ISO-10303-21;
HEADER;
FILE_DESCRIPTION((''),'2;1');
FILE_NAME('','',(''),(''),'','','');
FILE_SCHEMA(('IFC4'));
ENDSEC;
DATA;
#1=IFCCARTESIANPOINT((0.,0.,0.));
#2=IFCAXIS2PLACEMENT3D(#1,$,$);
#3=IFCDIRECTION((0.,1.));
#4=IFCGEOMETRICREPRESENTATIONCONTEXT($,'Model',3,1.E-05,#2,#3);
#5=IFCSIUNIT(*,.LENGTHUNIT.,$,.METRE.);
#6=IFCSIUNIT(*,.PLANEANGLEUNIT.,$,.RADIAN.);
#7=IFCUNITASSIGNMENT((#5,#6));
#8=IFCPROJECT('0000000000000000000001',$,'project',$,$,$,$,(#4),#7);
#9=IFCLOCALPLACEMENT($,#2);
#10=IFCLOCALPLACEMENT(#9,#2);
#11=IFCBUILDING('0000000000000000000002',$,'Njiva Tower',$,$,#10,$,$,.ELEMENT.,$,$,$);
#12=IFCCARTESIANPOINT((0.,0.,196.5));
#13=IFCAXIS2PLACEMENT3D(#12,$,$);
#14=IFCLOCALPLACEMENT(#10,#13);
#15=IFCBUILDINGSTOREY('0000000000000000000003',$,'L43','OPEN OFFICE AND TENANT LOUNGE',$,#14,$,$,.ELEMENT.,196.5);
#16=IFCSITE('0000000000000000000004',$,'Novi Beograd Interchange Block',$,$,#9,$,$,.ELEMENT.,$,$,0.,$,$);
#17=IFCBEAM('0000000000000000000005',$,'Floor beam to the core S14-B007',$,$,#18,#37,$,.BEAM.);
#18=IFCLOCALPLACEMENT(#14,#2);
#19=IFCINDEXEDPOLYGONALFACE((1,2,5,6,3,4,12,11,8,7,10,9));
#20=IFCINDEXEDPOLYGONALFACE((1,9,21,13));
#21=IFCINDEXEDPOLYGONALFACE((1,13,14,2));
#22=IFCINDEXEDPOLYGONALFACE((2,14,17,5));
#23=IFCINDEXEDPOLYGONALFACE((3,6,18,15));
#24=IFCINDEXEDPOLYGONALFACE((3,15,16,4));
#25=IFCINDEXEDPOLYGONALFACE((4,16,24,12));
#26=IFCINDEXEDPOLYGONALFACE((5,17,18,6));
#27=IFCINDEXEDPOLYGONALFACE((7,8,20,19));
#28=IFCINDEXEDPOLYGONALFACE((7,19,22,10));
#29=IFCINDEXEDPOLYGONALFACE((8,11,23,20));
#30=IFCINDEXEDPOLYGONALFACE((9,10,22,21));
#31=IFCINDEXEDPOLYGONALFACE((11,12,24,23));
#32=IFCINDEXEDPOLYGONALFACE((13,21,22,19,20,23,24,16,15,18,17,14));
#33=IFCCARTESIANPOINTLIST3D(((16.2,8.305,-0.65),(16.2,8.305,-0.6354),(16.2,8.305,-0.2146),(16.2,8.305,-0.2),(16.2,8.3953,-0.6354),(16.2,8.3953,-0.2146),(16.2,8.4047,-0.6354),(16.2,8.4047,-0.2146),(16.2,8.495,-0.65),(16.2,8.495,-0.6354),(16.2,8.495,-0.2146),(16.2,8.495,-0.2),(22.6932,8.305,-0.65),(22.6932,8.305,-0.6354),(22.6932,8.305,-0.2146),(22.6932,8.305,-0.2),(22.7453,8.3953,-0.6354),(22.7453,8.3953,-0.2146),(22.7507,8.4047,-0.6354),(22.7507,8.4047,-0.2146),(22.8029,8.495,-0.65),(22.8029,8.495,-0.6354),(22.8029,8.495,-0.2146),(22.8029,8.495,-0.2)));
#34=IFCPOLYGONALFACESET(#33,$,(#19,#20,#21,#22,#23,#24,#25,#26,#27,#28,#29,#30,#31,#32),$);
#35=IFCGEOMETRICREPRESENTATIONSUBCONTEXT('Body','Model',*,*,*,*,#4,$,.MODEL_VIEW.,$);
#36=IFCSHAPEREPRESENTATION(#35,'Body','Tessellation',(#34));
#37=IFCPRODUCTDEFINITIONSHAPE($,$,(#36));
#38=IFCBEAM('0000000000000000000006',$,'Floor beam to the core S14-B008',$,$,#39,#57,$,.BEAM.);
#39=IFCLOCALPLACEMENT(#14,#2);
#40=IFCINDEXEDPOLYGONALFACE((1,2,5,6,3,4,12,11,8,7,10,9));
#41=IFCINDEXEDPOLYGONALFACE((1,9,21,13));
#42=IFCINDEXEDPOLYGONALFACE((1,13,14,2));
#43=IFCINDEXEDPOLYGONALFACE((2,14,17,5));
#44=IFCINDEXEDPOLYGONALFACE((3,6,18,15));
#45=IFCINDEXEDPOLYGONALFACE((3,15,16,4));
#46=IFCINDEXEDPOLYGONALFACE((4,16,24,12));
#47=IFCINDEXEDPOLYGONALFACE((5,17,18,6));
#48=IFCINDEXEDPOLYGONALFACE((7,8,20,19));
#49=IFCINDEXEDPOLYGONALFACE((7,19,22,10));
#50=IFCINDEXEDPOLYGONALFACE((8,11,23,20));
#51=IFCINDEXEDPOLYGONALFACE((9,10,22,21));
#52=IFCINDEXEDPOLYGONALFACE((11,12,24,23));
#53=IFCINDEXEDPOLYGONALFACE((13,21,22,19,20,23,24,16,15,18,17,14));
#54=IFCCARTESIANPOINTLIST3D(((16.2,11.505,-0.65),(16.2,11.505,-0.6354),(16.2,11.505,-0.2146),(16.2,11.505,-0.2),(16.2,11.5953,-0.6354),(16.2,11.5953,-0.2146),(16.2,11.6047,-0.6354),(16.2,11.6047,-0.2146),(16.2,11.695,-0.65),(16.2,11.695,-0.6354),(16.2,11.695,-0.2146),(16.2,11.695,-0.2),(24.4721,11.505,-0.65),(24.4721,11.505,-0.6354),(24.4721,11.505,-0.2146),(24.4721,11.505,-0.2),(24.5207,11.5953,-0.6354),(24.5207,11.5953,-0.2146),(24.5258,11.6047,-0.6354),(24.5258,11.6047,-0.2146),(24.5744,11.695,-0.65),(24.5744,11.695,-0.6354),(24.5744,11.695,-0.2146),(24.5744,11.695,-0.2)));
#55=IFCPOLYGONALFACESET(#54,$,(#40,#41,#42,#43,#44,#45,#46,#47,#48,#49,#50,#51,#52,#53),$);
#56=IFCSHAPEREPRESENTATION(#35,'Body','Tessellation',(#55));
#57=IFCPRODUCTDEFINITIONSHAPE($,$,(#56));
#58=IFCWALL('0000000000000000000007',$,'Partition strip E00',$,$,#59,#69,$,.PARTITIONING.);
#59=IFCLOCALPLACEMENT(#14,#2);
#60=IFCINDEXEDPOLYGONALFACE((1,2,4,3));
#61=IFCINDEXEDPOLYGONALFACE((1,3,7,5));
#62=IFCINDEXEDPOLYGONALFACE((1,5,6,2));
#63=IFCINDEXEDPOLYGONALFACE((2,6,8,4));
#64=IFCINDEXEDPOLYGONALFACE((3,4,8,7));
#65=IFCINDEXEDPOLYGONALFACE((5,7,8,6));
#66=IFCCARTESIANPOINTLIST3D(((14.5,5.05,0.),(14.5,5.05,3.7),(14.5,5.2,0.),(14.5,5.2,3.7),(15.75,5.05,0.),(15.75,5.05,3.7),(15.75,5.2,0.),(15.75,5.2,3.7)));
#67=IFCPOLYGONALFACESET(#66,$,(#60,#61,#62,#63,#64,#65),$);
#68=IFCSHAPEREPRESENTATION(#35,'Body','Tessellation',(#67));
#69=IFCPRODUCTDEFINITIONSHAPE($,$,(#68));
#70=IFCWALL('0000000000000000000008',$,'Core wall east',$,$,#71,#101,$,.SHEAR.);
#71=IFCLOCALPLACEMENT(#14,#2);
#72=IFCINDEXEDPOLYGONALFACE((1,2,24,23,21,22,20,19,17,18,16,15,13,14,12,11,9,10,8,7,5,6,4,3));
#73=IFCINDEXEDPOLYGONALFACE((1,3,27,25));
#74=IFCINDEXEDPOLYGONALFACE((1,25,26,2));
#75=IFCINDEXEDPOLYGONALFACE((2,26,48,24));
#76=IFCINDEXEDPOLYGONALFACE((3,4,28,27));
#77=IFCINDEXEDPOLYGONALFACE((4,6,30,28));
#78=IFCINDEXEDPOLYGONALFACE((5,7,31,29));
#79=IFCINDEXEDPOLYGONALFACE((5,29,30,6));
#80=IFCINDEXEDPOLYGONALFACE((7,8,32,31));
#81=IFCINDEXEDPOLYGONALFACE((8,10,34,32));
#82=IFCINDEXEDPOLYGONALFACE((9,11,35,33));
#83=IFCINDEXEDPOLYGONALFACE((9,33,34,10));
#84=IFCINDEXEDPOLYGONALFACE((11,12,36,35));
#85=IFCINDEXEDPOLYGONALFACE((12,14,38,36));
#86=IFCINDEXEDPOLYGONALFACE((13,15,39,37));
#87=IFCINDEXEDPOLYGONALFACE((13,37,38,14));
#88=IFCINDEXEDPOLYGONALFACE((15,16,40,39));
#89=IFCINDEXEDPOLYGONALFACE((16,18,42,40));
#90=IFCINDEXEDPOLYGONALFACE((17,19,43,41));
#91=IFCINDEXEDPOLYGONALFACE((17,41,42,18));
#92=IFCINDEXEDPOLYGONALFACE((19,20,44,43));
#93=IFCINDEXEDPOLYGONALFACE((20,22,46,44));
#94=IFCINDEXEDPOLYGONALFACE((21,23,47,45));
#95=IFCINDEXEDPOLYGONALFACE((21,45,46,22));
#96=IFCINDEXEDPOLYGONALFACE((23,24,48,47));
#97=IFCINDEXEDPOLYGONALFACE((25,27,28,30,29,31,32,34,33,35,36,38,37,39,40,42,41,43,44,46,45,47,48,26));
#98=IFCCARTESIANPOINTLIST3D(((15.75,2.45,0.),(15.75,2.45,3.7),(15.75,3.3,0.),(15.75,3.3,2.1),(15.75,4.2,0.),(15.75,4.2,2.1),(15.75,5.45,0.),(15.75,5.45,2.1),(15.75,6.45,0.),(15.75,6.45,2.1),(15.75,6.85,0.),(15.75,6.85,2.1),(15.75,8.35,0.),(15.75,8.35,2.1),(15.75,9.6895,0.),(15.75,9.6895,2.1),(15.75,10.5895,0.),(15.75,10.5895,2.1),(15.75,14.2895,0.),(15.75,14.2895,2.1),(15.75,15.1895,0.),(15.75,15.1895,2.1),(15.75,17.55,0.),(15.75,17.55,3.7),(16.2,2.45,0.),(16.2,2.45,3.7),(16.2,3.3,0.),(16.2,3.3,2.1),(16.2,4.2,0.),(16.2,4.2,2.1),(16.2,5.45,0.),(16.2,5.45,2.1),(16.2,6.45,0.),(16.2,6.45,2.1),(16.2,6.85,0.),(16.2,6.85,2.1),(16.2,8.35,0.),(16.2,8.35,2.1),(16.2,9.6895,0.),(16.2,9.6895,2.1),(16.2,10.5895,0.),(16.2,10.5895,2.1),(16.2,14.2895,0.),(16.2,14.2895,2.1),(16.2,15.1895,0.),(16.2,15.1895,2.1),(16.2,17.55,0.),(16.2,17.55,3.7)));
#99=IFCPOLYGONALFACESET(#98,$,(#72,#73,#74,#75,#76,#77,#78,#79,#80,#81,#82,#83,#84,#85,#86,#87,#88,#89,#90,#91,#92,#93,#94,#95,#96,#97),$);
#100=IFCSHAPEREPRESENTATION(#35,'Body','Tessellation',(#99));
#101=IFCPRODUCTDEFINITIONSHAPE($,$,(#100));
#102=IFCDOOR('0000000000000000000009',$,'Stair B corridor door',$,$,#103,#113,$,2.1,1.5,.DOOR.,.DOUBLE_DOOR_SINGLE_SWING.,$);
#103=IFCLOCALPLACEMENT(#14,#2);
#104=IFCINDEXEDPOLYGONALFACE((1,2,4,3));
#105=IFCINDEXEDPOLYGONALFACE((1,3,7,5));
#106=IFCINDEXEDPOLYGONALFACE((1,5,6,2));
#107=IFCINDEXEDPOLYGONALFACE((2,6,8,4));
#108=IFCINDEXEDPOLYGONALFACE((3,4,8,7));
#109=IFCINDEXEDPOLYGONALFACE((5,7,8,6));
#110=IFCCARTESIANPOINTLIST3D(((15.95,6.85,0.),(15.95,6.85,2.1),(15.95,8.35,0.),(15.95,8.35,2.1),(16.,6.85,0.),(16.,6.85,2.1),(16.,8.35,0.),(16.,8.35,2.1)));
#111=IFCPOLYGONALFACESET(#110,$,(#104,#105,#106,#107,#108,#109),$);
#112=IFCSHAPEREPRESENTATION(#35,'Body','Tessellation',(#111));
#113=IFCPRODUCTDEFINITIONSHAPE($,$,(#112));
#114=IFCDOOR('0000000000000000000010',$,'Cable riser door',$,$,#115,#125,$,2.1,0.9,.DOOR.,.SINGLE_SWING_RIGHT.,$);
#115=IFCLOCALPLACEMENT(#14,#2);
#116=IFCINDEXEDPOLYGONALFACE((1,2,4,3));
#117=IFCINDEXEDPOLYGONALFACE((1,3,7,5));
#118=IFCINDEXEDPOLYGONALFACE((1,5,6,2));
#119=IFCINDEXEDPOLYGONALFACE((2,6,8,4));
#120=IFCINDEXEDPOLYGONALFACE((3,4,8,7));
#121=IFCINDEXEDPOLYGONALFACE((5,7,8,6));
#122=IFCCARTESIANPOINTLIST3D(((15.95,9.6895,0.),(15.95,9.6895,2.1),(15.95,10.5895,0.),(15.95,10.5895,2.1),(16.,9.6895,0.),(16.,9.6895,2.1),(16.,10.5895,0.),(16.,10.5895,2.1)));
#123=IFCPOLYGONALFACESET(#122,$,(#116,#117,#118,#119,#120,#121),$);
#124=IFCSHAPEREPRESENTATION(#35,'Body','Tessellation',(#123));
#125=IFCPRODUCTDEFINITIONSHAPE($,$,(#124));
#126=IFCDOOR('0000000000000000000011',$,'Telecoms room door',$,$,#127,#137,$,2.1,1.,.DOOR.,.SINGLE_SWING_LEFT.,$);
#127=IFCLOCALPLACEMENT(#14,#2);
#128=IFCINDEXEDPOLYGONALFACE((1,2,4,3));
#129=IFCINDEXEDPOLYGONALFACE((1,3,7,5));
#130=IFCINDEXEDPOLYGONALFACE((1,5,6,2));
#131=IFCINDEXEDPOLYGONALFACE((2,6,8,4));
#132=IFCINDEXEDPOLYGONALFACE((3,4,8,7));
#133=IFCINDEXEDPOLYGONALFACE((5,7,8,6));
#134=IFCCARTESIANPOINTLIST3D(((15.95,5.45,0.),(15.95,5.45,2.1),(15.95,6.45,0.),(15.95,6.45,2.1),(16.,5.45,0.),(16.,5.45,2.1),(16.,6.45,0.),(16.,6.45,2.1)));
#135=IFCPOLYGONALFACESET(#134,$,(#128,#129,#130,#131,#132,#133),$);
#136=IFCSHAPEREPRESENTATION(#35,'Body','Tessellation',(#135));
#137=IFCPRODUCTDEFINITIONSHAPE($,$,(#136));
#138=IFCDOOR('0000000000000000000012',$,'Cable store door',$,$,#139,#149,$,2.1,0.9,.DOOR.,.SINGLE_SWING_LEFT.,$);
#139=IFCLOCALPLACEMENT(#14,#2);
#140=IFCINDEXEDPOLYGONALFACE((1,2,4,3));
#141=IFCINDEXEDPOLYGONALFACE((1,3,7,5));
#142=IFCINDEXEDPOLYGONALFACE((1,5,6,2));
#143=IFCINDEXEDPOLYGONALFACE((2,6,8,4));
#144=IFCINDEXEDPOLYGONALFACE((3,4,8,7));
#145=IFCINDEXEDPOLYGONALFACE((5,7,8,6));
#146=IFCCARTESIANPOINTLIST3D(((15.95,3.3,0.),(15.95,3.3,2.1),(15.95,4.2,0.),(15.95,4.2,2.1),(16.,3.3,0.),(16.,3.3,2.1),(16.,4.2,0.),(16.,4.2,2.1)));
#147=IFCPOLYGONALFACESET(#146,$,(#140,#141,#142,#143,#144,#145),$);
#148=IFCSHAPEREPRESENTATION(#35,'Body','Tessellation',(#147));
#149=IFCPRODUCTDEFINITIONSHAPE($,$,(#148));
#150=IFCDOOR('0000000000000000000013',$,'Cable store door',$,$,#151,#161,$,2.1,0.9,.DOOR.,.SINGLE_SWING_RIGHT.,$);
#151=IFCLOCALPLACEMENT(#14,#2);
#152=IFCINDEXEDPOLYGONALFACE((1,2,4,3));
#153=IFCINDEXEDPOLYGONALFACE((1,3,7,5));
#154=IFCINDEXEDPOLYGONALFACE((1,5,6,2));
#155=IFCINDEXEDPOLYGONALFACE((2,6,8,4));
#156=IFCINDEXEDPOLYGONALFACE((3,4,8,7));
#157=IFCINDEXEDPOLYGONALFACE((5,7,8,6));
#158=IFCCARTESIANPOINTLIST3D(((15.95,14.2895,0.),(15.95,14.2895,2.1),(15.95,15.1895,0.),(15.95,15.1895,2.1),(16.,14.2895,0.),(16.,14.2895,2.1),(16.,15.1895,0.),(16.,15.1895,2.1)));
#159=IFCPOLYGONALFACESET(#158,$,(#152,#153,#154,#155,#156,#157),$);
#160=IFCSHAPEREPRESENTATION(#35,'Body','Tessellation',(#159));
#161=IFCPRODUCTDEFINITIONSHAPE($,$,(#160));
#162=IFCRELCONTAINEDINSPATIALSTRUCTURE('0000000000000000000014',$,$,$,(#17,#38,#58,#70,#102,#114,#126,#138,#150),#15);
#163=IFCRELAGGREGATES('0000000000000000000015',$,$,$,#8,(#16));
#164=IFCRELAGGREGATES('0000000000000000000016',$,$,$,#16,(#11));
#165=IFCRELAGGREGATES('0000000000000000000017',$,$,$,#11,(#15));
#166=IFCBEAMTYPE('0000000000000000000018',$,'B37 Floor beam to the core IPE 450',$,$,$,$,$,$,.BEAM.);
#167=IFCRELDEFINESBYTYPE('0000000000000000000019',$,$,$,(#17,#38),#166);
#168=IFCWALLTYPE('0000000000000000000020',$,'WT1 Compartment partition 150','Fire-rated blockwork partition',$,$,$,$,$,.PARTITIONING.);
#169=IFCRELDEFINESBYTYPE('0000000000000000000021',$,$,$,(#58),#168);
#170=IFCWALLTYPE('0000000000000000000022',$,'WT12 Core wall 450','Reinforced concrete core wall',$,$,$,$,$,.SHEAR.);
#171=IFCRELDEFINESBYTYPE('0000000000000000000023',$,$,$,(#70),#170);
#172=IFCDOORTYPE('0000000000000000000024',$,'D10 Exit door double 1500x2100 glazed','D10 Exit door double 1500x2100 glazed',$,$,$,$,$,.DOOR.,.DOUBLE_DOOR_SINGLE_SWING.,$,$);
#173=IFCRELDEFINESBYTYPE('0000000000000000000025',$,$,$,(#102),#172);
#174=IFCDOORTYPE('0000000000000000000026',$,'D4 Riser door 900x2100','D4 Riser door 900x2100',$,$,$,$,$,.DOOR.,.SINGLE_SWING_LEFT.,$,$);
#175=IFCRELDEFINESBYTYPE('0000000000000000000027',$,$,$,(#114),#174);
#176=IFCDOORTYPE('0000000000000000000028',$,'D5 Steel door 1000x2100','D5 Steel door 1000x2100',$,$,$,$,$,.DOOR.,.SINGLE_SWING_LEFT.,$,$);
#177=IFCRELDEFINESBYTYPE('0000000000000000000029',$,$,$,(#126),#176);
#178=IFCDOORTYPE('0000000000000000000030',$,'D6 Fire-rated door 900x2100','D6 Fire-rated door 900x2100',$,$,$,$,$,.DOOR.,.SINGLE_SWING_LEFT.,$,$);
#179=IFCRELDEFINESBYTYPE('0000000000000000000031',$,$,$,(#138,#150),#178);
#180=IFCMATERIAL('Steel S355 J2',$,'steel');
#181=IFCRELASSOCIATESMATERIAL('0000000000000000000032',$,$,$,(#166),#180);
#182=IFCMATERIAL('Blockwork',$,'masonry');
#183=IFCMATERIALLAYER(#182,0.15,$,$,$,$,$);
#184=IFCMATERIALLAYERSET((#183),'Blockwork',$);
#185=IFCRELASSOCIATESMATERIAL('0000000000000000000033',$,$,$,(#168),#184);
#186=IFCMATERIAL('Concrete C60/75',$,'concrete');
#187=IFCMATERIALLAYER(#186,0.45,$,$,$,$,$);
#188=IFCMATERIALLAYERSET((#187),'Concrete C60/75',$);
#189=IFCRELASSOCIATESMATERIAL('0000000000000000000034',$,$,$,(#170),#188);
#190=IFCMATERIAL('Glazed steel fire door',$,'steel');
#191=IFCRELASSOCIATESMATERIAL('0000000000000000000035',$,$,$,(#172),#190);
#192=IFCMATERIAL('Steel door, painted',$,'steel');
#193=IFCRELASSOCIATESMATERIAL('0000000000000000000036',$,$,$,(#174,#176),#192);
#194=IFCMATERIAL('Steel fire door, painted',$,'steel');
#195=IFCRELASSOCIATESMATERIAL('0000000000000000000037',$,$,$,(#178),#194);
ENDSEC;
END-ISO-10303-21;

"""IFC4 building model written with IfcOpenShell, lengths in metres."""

from ifc_helpers import new_model, si_unit, direction, frame, frame_2d, origin, origin_2d, place, context, subcontext, project, spatial, rectangle, i_section, extrude, clip, halfspace, material, layer, layer_set, material_profile, profile_set, type_object, element, fill, save


model = new_model("IFC4")

# Units and contexts
model_context = context("Model", 3, precision=1e-05, world=origin(), true_north=direction((0.0, 1.0)))
body_context = subcontext(model_context, "Body", "Model", "MODEL_VIEW")
ifc_project = project(units=[si_unit("LENGTHUNIT", "METRE"), si_unit("PLANEANGLEUNIT", "RADIAN")], contexts=[model_context])

# Site, building, storey
site_placement = place(None, origin())
site = spatial("IfcSite", under=ifc_project, at=site_placement, Name="Novi Beograd Interchange Block", CompositionType="ELEMENT", RefElevation=0.0)
building_placement = place(site_placement, origin())
building = spatial("IfcBuilding", under=site, at=building_placement, Name="Njiva Tower", CompositionType="ELEMENT")
storey_placement = place(building_placement, frame((0.0, 0.0, 196.5)))
storey = spatial("IfcBuildingStorey", under=building, at=storey_placement, Name="L43", Description="OPEN OFFICE AND TENANT LOUNGE", CompositionType="ELEMENT", Elevation=196.5)

# Shared definitions
ifc_material_1 = material(Name="Steel S355 J2", Category="steel")

# Beams
ifc_material_profile_1 = material_profile(ifc_material_1, i_section(OverallWidth=0.19, OverallDepth=0.45, WebThickness=0.0094, FlangeThickness=0.0146, at=origin_2d()), Name="IPE 450")
ifc_profile_set_1 = profile_set([ifc_material_profile_1], Name="Steel S355 J2")
beam_type_1 = type_object("IfcBeamType", Name="B37 Floor beam to the core IPE 450", PredefinedType="BEAM", material=ifc_profile_set_1)
beam_1_placement = place(storey_placement, frame((16.2, 8.4, -0.425), z_axis=(1.0, 0.0, 0.0), x_axis=(0.0, 1.0, 0.0)))
element("IfcBeam", 1, at=beam_1_placement, inside=storey, type_object=beam_type_1, Name="Floor beam to the core S14-B007", PredefinedType="BEAM", context=body_context, shape_type="Clipping", body=[
    clip(extrude(i_section(OverallWidth=0.19, OverallDepth=0.45, WebThickness=0.0094, FlangeThickness=0.0146, at=origin_2d()), origin(), (0.0, 0.0, 1.0), 6.623), halfspace(frame((-0.025, 0.0, 6.5336), z_axis=(-0.499998, 0.0, 0.866027), x_axis=(0.0, 1.0, 0.0)), False)),
])
beam_2_placement = place(storey_placement, frame((16.2, 11.6, -0.425), z_axis=(1.0, 0.0, 0.0), x_axis=(0.0, 1.0, 0.0)))
element("IfcBeam", 2, at=beam_2_placement, inside=storey, type_object=beam_type_1, Name="Floor beam to the core S14-B008", PredefinedType="BEAM", context=body_context, shape_type="Clipping", body=[
    clip(extrude(i_section(OverallWidth=0.19, OverallDepth=0.45, WebThickness=0.0094, FlangeThickness=0.0146, at=origin_2d()), origin(), (0.0, 0.0, 1.0), 8.394), halfspace(frame((-0.0237, 0.0, 8.3105), z_axis=(-0.473769, 0.0, 0.880649), x_axis=(0.0, 1.0, 0.0)), False)),
])

# Wall
ifc_material_2 = material(Name="Blockwork", Category="masonry")
ifc_layer_1 = layer(ifc_material_2, 0.15)
ifc_layer_set_1 = layer_set([ifc_layer_1], Name="Blockwork")
wall_type_1 = type_object("IfcWallType", Name="WT1 Compartment partition 150", Description="Fire-rated blockwork partition", PredefinedType="PARTITIONING", material=ifc_layer_set_1)
wall_1_placement = place(storey_placement, frame((14.5, 5.125, 0.0), z_axis=(0.0, 0.0, 1.0), x_axis=(1.0, 0.0, 0.0)))
element("IfcWall", 3, at=wall_1_placement, inside=storey, type_object=wall_type_1, Name="Partition strip E00", PredefinedType="PARTITIONING", context=body_context, shape_type="SweptSolid", body=[
    extrude(rectangle(XDim=1.25, YDim=0.15, at=frame_2d((0.625, 0.0))), origin(), (0.0, 0.0, 1.0), 3.7),
])

# Wall, openings, doors
ifc_material_3 = material(Name="Concrete C60/75", Category="concrete")
ifc_layer_2 = layer(ifc_material_3, 0.45)
ifc_layer_set_2 = layer_set([ifc_layer_2], Name="Concrete C60/75")
wall_type_2 = type_object("IfcWallType", Name="WT12 Core wall 450", Description="Reinforced concrete core wall", PredefinedType="SHEAR", material=ifc_layer_set_2)
wall_2_placement = place(storey_placement, frame((15.975, 2.45, 0.0), z_axis=(0.0, 0.0, 1.0), x_axis=(0.0, 1.0, 0.0)))
wall_2 = element("IfcWall", 4, at=wall_2_placement, inside=storey, type_object=wall_type_2, Name="Core wall east", PredefinedType="SHEAR", context=body_context, shape_type="SweptSolid", body=[
    extrude(rectangle(XDim=15.1, YDim=0.45, at=frame_2d((7.55, 0.0))), origin(), (0.0, 0.0, 1.0), 3.7),
])
opening_1_placement = place(wall_2_placement, frame((4.4, 0.0, 0.0)))
opening_1 = element("IfcOpeningElement", 5, at=opening_1_placement, cuts=wall_2, PredefinedType="OPENING", context=body_context, shape_type="SweptSolid", body=[
    extrude(rectangle(XDim=1.5, YDim=2.1, at=frame_2d((0.75, 1.05))), frame((0.0, 0.235, 0.0), z_axis=(0.0, -1.0, 0.0), x_axis=(1.0, 0.0, 0.0)), (0.0, 0.0, 1.0), 0.47),
])
opening_2_placement = place(wall_2_placement, frame((0.85, 0.0, 0.0)))
opening_2 = element("IfcOpeningElement", 6, at=opening_2_placement, cuts=wall_2, PredefinedType="OPENING", context=body_context, shape_type="SweptSolid", body=[
    extrude(rectangle(XDim=0.9, YDim=2.1, at=frame_2d((0.45, 1.05))), frame((0.0, 0.235, 0.0), z_axis=(0.0, -1.0, 0.0), x_axis=(1.0, 0.0, 0.0)), (0.0, 0.0, 1.0), 0.47),
])
opening_3_placement = place(wall_2_placement, frame((3.0, 0.0, 0.0)))
opening_3 = element("IfcOpeningElement", 7, at=opening_3_placement, cuts=wall_2, PredefinedType="OPENING", context=body_context, shape_type="SweptSolid", body=[
    extrude(rectangle(XDim=1.0, YDim=2.1, at=frame_2d((0.5, 1.05))), frame((0.0, 0.235, 0.0), z_axis=(0.0, -1.0, 0.0), x_axis=(1.0, 0.0, 0.0)), (0.0, 0.0, 1.0), 0.47),
])
opening_4_placement = place(wall_2_placement, frame((7.2395, 0.0, 0.0)))
opening_4 = element("IfcOpeningElement", 8, at=opening_4_placement, cuts=wall_2, PredefinedType="OPENING", context=body_context, shape_type="SweptSolid", body=[
    extrude(rectangle(XDim=0.9, YDim=2.1, at=frame_2d((0.45, 1.05))), frame((0.0, 0.235, 0.0), z_axis=(0.0, -1.0, 0.0), x_axis=(1.0, 0.0, 0.0)), (0.0, 0.0, 1.0), 0.47),
])
opening_5_placement = place(wall_2_placement, frame((11.8395, 0.0, 0.0)))
opening_5 = element("IfcOpeningElement", 9, at=opening_5_placement, cuts=wall_2, PredefinedType="OPENING", context=body_context, shape_type="SweptSolid", body=[
    extrude(rectangle(XDim=0.9, YDim=2.1, at=frame_2d((0.45, 1.05))), frame((0.0, 0.235, 0.0), z_axis=(0.0, -1.0, 0.0), x_axis=(1.0, 0.0, 0.0)), (0.0, 0.0, 1.0), 0.47),
])
ifc_material_4 = material(Name="Glazed steel fire door", Category="steel")
door_type_1 = type_object("IfcDoorType", Name="D10 Exit door double 1500x2100 glazed", Description="D10 Exit door double 1500x2100 glazed", OperationType="DOUBLE_DOOR_SINGLE_SWING", PredefinedType="DOOR", material=ifc_material_4)
door_1_placement = place(opening_1_placement, origin())
door_1 = element("IfcDoor", 10, at=door_1_placement, inside=storey, type_object=door_type_1, Name="Stair B corridor door", OperationType="DOUBLE_DOOR_SINGLE_SWING", OverallHeight=2.1, OverallWidth=1.5, PredefinedType="DOOR", context=body_context, shape_type="SweptSolid", body=[
    extrude(rectangle(XDim=1.5, YDim=2.1, at=frame_2d((0.75, 1.05))), frame((0.0, 0.025, 0.0), z_axis=(0.0, -1.0, 0.0), x_axis=(1.0, 0.0, 0.0)), (0.0, 0.0, 1.0), 0.05),
])
fill(opening_1, door_1)
ifc_material_5 = material(Name="Steel door, painted", Category="steel")
door_type_2 = type_object("IfcDoorType", Name="D4 Riser door 900x2100", Description="D4 Riser door 900x2100", OperationType="SINGLE_SWING_LEFT", PredefinedType="DOOR", material=ifc_material_5)
door_2_placement = place(opening_4_placement, origin())
door_2 = element("IfcDoor", 11, at=door_2_placement, inside=storey, type_object=door_type_2, Name="Cable riser door", OperationType="SINGLE_SWING_RIGHT", OverallHeight=2.1, OverallWidth=0.9, PredefinedType="DOOR", context=body_context, shape_type="SweptSolid", body=[
    extrude(rectangle(XDim=0.9, YDim=2.1, at=frame_2d((0.45, 1.05))), frame((0.0, 0.025, 0.0), z_axis=(0.0, -1.0, 0.0), x_axis=(1.0, 0.0, 0.0)), (0.0, 0.0, 1.0), 0.05),
])
fill(opening_4, door_2)
door_type_3 = type_object("IfcDoorType", Name="D5 Steel door 1000x2100", Description="D5 Steel door 1000x2100", OperationType="SINGLE_SWING_LEFT", PredefinedType="DOOR", material=ifc_material_5)
door_3_placement = place(opening_3_placement, origin())
door_3 = element("IfcDoor", 12, at=door_3_placement, inside=storey, type_object=door_type_3, Name="Telecoms room door", OperationType="SINGLE_SWING_LEFT", OverallHeight=2.1, OverallWidth=1.0, PredefinedType="DOOR", context=body_context, shape_type="SweptSolid", body=[
    extrude(rectangle(XDim=1.0, YDim=2.1, at=frame_2d((0.5, 1.05))), frame((0.0, 0.025, 0.0), z_axis=(0.0, -1.0, 0.0), x_axis=(1.0, 0.0, 0.0)), (0.0, 0.0, 1.0), 0.05),
])
fill(opening_3, door_3)
ifc_material_6 = material(Name="Steel fire door, painted", Category="steel")
door_type_4 = type_object("IfcDoorType", Name="D6 Fire-rated door 900x2100", Description="D6 Fire-rated door 900x2100", OperationType="SINGLE_SWING_LEFT", PredefinedType="DOOR", material=ifc_material_6)
door_4_placement = place(opening_2_placement, origin())
door_4 = element("IfcDoor", 13, at=door_4_placement, inside=storey, type_object=door_type_4, Name="Cable store door", OperationType="SINGLE_SWING_LEFT", OverallHeight=2.1, OverallWidth=0.9, PredefinedType="DOOR", context=body_context, shape_type="SweptSolid", body=[
    extrude(rectangle(XDim=0.9, YDim=2.1, at=frame_2d((0.45, 1.05))), frame((0.0, 0.025, 0.0), z_axis=(0.0, -1.0, 0.0), x_axis=(1.0, 0.0, 0.0)), (0.0, 0.0, 1.0), 0.05),
])
fill(opening_2, door_4)
door_5_placement = place(opening_5_placement, origin())
door_5 = element("IfcDoor", 14, at=door_5_placement, inside=storey, type_object=door_type_4, Name="Cable store door", OperationType="SINGLE_SWING_RIGHT", OverallHeight=2.1, OverallWidth=0.9, PredefinedType="DOOR", context=body_context, shape_type="SweptSolid", body=[
    extrude(rectangle(XDim=0.9, YDim=2.1, at=frame_2d((0.45, 1.05))), frame((0.0, 0.025, 0.0), z_axis=(0.0, -1.0, 0.0), x_axis=(1.0, 0.0, 0.0)), (0.0, 0.0, 1.0), 0.05),
])
fill(opening_5, door_5)

save(model, "model.ifc")
